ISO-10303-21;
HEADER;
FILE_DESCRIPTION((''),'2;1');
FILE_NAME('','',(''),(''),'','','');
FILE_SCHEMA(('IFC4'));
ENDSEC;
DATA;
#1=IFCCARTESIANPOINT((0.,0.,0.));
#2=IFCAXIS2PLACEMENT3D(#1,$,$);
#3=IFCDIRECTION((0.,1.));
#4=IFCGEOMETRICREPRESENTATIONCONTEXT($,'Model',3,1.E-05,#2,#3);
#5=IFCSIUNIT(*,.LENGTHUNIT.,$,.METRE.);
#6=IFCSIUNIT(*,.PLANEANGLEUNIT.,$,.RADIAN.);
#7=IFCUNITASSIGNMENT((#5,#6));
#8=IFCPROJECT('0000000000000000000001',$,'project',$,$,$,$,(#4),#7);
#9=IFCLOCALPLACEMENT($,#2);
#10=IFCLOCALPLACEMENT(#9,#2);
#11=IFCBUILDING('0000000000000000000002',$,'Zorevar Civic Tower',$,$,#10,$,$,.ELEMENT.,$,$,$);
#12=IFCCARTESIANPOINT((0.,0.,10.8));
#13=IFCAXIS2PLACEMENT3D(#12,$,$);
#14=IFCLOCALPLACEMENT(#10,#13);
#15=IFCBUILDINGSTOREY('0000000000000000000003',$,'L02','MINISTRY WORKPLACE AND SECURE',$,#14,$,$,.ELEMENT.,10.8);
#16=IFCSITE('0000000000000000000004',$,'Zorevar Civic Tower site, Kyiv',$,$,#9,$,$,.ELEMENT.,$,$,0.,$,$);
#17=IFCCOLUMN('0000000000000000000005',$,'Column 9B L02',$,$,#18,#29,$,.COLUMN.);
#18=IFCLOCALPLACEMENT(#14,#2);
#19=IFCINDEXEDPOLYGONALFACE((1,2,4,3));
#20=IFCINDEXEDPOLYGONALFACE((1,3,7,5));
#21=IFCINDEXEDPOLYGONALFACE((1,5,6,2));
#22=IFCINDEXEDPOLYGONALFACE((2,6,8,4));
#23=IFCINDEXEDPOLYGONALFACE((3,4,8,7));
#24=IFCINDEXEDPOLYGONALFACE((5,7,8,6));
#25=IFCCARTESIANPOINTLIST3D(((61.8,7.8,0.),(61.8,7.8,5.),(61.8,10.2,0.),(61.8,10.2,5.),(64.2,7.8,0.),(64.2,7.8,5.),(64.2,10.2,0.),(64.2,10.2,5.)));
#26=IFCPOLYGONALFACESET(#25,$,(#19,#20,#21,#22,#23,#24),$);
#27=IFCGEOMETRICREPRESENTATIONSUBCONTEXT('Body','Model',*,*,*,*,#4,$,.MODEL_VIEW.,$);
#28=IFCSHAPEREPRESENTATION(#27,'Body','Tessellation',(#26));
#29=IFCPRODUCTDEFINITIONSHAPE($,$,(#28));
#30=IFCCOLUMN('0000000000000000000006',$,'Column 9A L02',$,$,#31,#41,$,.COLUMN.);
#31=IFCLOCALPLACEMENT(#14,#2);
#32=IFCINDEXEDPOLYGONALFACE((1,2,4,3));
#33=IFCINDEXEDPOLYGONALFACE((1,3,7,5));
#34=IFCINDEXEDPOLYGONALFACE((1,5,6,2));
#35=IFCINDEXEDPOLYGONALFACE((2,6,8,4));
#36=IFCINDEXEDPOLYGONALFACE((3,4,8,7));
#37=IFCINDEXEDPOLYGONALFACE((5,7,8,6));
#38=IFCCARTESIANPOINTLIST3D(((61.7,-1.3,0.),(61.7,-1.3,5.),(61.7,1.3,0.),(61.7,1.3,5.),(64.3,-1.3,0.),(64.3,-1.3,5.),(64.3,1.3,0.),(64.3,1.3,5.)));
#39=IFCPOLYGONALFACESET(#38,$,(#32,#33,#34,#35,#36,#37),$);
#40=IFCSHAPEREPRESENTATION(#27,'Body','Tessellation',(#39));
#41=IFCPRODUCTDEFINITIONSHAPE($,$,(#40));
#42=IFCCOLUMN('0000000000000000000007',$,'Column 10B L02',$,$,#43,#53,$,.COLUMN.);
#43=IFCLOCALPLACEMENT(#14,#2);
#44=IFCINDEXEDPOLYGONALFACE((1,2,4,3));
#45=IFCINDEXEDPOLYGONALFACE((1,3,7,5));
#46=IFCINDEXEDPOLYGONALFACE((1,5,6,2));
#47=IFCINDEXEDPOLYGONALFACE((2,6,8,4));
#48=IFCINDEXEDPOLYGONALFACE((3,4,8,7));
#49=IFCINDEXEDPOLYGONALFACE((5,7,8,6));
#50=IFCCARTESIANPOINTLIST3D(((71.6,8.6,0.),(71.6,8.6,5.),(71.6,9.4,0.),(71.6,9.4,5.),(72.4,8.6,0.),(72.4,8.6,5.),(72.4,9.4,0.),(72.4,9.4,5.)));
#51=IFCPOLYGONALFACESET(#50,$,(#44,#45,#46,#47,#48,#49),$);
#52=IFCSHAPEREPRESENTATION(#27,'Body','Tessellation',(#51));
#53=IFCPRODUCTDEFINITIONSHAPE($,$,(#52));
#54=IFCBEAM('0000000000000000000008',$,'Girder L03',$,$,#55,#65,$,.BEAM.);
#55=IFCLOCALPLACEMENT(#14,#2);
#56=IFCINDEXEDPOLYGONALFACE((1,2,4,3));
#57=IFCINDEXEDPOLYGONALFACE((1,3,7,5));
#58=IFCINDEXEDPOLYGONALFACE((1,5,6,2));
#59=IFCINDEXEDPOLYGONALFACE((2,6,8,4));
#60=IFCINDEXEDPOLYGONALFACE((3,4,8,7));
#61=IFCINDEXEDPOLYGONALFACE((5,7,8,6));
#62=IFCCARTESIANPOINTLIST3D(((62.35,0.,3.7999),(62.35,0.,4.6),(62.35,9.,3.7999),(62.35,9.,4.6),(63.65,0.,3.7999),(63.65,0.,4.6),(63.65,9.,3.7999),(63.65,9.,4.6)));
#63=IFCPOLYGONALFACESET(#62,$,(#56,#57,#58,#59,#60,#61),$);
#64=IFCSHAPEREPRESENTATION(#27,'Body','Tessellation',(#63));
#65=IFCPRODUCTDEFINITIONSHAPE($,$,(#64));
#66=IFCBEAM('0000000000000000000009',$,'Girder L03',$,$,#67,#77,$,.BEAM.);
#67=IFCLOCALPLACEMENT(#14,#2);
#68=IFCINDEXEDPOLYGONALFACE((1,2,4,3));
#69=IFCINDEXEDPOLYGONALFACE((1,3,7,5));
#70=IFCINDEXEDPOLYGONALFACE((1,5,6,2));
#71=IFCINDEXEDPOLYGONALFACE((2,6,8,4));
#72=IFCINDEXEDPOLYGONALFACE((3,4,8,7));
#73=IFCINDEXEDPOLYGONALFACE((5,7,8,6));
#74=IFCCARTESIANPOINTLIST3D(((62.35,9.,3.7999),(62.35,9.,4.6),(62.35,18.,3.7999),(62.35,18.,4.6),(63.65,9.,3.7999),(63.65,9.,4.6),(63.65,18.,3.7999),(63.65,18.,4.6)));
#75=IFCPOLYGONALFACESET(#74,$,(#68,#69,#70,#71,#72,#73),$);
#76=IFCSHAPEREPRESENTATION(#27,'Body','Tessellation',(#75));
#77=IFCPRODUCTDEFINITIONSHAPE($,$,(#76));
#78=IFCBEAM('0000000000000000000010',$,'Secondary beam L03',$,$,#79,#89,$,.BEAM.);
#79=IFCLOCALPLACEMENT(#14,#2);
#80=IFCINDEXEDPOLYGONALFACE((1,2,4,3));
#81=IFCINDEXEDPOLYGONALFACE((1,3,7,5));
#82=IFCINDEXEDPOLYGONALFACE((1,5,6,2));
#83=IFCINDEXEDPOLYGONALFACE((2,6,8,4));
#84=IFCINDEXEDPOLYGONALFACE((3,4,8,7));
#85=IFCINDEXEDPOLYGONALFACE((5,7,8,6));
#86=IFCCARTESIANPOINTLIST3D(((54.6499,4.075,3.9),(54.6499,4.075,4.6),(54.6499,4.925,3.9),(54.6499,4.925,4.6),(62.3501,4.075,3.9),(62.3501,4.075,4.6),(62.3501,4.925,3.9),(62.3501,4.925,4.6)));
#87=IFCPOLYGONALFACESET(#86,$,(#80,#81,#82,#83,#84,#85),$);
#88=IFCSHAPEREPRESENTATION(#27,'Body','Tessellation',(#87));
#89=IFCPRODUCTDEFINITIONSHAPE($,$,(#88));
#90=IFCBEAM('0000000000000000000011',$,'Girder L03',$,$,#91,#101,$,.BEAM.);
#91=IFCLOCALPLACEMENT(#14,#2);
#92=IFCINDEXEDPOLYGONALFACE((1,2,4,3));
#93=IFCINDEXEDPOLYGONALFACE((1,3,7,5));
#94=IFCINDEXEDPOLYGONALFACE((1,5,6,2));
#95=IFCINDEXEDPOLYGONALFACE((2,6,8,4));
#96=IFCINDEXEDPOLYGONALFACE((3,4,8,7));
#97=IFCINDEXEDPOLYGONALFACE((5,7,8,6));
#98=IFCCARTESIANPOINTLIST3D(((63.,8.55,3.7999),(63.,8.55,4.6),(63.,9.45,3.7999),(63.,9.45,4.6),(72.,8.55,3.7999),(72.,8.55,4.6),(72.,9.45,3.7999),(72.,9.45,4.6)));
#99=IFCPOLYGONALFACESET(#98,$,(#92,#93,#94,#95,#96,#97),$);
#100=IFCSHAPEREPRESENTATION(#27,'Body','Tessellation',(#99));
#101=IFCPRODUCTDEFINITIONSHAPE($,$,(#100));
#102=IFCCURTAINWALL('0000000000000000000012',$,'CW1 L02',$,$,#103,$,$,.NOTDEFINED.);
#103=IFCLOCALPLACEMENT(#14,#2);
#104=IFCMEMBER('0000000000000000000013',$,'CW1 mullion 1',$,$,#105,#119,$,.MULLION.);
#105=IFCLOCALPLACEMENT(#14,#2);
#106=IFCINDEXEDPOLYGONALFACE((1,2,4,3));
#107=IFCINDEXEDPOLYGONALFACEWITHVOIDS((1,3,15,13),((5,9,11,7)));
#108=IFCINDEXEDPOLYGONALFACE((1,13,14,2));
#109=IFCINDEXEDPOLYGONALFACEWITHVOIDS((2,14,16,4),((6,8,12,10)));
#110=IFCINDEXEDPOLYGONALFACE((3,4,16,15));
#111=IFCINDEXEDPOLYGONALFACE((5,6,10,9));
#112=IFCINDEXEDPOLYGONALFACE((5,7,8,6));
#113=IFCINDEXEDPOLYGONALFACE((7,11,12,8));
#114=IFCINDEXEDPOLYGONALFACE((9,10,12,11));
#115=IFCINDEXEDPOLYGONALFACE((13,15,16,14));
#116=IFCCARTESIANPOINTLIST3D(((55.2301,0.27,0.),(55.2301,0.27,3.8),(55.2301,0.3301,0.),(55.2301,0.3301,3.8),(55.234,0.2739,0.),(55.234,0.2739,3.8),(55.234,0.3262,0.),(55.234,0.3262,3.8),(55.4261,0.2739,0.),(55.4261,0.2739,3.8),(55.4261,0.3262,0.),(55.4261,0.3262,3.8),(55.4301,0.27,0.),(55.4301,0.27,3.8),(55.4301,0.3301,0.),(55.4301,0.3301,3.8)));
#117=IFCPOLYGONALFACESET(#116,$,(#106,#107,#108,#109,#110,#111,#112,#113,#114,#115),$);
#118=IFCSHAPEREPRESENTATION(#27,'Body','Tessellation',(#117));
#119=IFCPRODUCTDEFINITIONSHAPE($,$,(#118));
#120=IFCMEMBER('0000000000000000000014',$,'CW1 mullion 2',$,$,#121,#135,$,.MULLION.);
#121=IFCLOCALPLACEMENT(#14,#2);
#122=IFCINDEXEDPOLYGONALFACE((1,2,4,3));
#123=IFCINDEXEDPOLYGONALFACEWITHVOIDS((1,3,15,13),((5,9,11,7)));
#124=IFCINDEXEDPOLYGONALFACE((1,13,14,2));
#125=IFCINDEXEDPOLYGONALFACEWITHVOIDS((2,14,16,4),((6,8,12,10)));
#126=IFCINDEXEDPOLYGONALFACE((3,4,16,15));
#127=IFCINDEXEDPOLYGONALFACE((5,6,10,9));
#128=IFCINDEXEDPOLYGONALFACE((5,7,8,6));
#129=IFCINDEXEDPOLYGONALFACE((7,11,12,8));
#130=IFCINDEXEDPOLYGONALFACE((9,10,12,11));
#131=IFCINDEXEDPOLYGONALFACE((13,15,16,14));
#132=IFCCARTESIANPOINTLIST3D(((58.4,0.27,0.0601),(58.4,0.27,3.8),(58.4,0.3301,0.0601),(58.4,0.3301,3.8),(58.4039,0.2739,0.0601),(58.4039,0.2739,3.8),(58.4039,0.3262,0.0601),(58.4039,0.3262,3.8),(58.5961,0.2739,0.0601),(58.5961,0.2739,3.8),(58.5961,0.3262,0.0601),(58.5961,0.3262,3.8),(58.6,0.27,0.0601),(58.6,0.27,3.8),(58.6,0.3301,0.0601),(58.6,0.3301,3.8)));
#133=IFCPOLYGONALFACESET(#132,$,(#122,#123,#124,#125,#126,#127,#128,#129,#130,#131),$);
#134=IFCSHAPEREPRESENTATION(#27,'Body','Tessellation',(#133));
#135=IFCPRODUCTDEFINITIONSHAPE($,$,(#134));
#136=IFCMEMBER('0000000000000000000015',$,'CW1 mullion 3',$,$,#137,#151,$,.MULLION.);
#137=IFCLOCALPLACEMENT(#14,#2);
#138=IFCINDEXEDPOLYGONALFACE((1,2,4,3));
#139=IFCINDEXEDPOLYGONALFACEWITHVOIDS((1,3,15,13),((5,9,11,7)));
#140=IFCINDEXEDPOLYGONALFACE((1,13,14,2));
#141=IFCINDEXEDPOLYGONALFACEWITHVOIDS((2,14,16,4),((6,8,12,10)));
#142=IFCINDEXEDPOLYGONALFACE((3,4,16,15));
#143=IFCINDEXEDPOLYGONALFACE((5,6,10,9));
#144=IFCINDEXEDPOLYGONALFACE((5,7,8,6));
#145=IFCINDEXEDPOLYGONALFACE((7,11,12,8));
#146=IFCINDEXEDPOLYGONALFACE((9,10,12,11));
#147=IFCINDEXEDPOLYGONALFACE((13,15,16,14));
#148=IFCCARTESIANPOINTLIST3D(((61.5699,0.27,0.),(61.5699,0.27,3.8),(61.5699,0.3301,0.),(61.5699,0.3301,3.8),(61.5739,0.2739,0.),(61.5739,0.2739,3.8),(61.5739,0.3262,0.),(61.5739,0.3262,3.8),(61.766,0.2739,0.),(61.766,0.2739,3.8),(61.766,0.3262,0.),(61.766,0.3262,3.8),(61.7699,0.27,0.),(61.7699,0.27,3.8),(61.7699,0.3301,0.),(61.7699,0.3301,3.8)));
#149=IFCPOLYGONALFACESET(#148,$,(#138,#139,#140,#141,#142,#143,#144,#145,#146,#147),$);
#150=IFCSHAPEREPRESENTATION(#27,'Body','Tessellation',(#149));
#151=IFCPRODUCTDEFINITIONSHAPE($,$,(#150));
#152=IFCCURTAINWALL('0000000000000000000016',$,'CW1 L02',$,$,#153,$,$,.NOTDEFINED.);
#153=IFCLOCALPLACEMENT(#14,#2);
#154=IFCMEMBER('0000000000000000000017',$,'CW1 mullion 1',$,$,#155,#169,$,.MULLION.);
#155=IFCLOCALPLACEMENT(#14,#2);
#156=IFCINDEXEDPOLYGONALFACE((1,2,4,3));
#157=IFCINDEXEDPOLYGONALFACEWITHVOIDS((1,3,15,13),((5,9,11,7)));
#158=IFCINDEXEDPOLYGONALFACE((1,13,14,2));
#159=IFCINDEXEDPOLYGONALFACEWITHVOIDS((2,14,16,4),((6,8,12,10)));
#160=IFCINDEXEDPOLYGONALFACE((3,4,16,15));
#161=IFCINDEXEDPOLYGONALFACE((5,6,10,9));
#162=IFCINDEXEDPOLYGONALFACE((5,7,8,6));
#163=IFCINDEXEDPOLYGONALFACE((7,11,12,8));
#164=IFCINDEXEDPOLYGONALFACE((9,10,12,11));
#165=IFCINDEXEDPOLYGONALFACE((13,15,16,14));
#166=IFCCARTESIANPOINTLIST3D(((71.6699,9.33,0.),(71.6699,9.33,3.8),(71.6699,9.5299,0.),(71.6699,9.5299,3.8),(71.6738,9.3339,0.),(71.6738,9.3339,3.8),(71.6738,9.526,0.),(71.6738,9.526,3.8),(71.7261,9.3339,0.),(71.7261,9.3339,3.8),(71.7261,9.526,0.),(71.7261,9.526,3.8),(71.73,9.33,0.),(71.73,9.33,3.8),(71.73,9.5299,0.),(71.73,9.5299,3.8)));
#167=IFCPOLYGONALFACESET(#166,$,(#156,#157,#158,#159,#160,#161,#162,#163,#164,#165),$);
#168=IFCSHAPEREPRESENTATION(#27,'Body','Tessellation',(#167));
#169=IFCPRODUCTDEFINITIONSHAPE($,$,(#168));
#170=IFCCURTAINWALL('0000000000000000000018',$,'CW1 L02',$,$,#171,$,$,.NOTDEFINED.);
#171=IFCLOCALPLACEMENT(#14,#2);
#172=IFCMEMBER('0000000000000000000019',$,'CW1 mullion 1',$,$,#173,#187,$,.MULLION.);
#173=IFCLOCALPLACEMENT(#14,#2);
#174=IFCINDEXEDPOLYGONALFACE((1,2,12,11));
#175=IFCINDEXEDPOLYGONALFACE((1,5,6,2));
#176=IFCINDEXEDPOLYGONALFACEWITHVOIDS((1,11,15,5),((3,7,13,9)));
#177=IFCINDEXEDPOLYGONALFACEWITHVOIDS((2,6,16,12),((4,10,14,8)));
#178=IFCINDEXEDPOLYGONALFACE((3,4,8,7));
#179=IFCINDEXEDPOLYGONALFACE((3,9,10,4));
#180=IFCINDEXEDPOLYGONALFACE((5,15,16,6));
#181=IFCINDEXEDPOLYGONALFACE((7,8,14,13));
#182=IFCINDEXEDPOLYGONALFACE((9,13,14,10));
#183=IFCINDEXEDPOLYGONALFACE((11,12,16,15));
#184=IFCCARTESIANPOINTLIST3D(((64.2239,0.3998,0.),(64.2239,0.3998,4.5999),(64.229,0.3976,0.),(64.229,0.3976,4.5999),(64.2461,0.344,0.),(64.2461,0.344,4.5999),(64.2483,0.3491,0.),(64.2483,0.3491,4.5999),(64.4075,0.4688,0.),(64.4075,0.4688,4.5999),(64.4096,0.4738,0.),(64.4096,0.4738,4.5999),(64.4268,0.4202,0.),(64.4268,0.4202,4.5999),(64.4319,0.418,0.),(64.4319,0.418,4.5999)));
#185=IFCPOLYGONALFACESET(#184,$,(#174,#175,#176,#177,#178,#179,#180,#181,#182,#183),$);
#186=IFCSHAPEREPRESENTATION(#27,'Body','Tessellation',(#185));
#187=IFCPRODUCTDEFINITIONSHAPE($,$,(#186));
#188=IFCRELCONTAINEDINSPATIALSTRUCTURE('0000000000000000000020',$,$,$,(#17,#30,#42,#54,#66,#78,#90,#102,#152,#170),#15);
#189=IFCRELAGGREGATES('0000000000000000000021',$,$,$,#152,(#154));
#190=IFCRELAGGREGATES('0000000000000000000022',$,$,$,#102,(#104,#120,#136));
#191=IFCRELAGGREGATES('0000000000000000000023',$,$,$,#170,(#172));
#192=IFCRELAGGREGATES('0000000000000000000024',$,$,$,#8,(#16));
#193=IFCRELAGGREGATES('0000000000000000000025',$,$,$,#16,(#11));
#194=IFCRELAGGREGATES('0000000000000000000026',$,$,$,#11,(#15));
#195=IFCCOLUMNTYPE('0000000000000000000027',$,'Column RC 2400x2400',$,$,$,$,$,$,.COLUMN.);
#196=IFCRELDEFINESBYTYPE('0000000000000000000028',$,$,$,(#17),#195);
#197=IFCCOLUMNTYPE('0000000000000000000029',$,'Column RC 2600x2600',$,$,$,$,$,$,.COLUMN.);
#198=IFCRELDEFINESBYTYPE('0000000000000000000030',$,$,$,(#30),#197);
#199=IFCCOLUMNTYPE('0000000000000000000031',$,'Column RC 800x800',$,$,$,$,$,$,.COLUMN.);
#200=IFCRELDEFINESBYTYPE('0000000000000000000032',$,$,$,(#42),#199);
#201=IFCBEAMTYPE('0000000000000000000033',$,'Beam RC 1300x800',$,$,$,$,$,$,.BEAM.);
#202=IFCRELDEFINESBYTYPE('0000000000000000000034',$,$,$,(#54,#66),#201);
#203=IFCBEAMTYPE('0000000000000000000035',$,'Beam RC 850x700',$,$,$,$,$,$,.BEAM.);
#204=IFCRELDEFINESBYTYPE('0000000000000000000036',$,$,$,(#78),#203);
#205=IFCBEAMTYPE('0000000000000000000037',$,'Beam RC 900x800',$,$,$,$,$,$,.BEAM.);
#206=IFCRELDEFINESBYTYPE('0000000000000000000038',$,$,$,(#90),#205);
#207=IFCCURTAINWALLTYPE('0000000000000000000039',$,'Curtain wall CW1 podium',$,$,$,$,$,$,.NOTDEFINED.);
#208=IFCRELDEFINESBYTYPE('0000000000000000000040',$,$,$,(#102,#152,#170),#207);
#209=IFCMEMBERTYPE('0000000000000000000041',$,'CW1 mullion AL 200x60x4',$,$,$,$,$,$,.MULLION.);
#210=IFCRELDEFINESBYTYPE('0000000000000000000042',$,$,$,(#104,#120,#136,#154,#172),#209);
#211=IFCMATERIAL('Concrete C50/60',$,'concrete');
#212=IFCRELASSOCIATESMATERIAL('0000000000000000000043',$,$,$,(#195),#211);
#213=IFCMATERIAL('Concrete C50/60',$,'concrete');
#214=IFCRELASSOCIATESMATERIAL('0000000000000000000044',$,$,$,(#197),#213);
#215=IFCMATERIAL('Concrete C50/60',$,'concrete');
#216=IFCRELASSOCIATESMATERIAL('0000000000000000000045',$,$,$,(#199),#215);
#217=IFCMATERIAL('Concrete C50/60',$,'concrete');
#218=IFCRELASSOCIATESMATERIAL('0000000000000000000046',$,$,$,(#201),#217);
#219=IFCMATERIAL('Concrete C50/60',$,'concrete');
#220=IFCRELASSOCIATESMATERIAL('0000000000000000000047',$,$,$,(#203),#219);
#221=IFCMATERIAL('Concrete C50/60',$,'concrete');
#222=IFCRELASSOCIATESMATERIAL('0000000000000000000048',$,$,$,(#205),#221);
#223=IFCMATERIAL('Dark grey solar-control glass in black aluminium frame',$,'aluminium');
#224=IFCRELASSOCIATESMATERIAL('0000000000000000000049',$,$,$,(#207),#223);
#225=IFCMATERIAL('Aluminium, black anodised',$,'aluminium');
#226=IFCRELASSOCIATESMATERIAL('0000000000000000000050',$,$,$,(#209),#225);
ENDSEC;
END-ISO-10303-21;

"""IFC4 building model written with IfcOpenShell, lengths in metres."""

from ifc_helpers import new_model, si_unit, direction, frame, origin, origin_2d, place, context, subcontext, project, spatial, rectangle, hollow_rectangle, extrude, material, material_profile, profile_set, type_object, element, aggregate, save


model = new_model("IFC4")

# Units and contexts
model_context = context("Model", 3, precision=1e-05, world=origin(), true_north=direction((0.0, 1.0)))
body_context = subcontext(model_context, "Body", "Model", "MODEL_VIEW")
ifc_project = project(units=[si_unit("LENGTHUNIT", "METRE"), si_unit("PLANEANGLEUNIT", "RADIAN")], contexts=[model_context])

# Site, building, storey
site_placement = place(None, origin())
site = spatial("IfcSite", under=ifc_project, at=site_placement, Name="Zorevar Civic Tower site, Kyiv", CompositionType="ELEMENT", RefElevation=0.0)
building_placement = place(site_placement, origin())
building = spatial("IfcBuilding", under=site, at=building_placement, Name="Zorevar Civic Tower", CompositionType="ELEMENT")
storey_placement = place(building_placement, frame((0.0, 0.0, 10.8)))
storey = spatial("IfcBuildingStorey", under=building, at=storey_placement, Name="L02", Description="MINISTRY WORKPLACE AND SECURE", CompositionType="ELEMENT", Elevation=10.8)

# Columns
ifc_material_1 = material(Name="Concrete C50/60", Category="concrete")
ifc_material_profile_1 = material_profile(ifc_material_1, rectangle(XDim=2.3999, YDim=2.3999, at=origin_2d()), Name="RC 2400x2400")
ifc_profile_set_1 = profile_set([ifc_material_profile_1], Name="Concrete C50/60")
column_type_1 = type_object("IfcColumnType", Name="Column RC 2400x2400", PredefinedType="COLUMN", material=ifc_profile_set_1)
column_1_placement = place(storey_placement, frame((63.0, 9.0, 0.0), z_axis=(0.0, 0.0, 1.0), x_axis=(1.0, 0.0, 0.0)))
element("IfcColumn", 1, at=column_1_placement, inside=storey, type_object=column_type_1, Name="Column 9B L02", PredefinedType="COLUMN", context=body_context, shape_type="SweptSolid", body=[
    extrude(rectangle(XDim=2.3999, YDim=2.3999, at=origin_2d()), origin(), (0.0, 0.0, 1.0), 5.0),
])
ifc_material_2 = material(Name="Concrete C50/60", Category="concrete")
ifc_material_profile_2 = material_profile(ifc_material_2, rectangle(XDim=2.6001, YDim=2.6001, at=origin_2d()), Name="RC 2600x2600")
ifc_profile_set_2 = profile_set([ifc_material_profile_2], Name="Concrete C50/60")
column_type_2 = type_object("IfcColumnType", Name="Column RC 2600x2600", PredefinedType="COLUMN", material=ifc_profile_set_2)
column_2_placement = place(storey_placement, frame((63.0, 0.0, 0.0), z_axis=(0.0, 0.0, 1.0), x_axis=(1.0, 0.0, 0.0)))
element("IfcColumn", 2, at=column_2_placement, inside=storey, type_object=column_type_2, Name="Column 9A L02", PredefinedType="COLUMN", context=body_context, shape_type="SweptSolid", body=[
    extrude(rectangle(XDim=2.6001, YDim=2.6001, at=origin_2d()), origin(), (0.0, 0.0, 1.0), 5.0),
])
ifc_material_3 = material(Name="Concrete C50/60", Category="concrete")
ifc_material_profile_3 = material_profile(ifc_material_3, rectangle(XDim=0.8, YDim=0.8, at=origin_2d()), Name="RC 800x800")
ifc_profile_set_3 = profile_set([ifc_material_profile_3], Name="Concrete C50/60")
column_type_3 = type_object("IfcColumnType", Name="Column RC 800x800", PredefinedType="COLUMN", material=ifc_profile_set_3)
column_3_placement = place(storey_placement, frame((72.0, 9.0, 0.0), z_axis=(0.0, 0.0, 1.0), x_axis=(1.0, 0.0, 0.0)))
element("IfcColumn", 3, at=column_3_placement, inside=storey, type_object=column_type_3, Name="Column 10B L02", PredefinedType="COLUMN", context=body_context, shape_type="SweptSolid", body=[
    extrude(rectangle(XDim=0.8, YDim=0.8, at=origin_2d()), origin(), (0.0, 0.0, 1.0), 5.0),
])

# Beams
ifc_material_4 = material(Name="Concrete C50/60", Category="concrete")
ifc_material_profile_4 = material_profile(ifc_material_4, rectangle(XDim=1.3, YDim=0.8, at=origin_2d()), Name="RC 1300x800")
ifc_profile_set_4 = profile_set([ifc_material_profile_4], Name="Concrete C50/60")
beam_type_1 = type_object("IfcBeamType", Name="Beam RC 1300x800", PredefinedType="BEAM", material=ifc_profile_set_4)
for number, where, z_axis, x_axis, name in (
    (4, (63.0, 0.0, 4.2), (0.0, 1.0, 0.0), (-1.0, 0.0, 0.0), "Girder L03"),
    (5, (63.0, 9.0, 4.2), (0.0, 1.0, 0.0), (-1.0, 0.0, 0.0), "Girder L03"),
):
    element("IfcBeam", number, at=place(storey_placement, frame(where, z_axis=z_axis, x_axis=x_axis)), inside=storey, type_object=beam_type_1, Name=name, PredefinedType="BEAM", context=body_context, shape_type="SweptSolid", body=[
        extrude(rectangle(XDim=1.3, YDim=0.8, at=origin_2d()), origin(), (0.0, 0.0, 1.0), 9.0),
    ])
ifc_material_5 = material(Name="Concrete C50/60", Category="concrete")
ifc_material_profile_5 = material_profile(ifc_material_5, rectangle(XDim=0.8501, YDim=0.7, at=origin_2d()), Name="RC 850x700")
ifc_profile_set_5 = profile_set([ifc_material_profile_5], Name="Concrete C50/60")
beam_type_2 = type_object("IfcBeamType", Name="Beam RC 850x700", PredefinedType="BEAM", material=ifc_profile_set_5)
beam_1_placement = place(storey_placement, frame((54.6499, 4.5, 4.25), z_axis=(1.0, 0.0, 0.0), x_axis=(0.0, 1.0, 0.0)))
element("IfcBeam", 6, at=beam_1_placement, inside=storey, type_object=beam_type_2, Name="Secondary beam L03", PredefinedType="BEAM", context=body_context, shape_type="SweptSolid", body=[
    extrude(rectangle(XDim=0.8501, YDim=0.7, at=origin_2d()), origin(), (0.0, 0.0, 1.0), 7.7002),
])
ifc_material_6 = material(Name="Concrete C50/60", Category="concrete")
ifc_material_profile_6 = material_profile(ifc_material_6, rectangle(XDim=0.8999, YDim=0.8, at=origin_2d()), Name="RC 900x800")
ifc_profile_set_6 = profile_set([ifc_material_profile_6], Name="Concrete C50/60")
beam_type_3 = type_object("IfcBeamType", Name="Beam RC 900x800", PredefinedType="BEAM", material=ifc_profile_set_6)
beam_2_placement = place(storey_placement, frame((63.0, 9.0, 4.2), z_axis=(1.0, 0.0, 0.0), x_axis=(0.0, 1.0, 0.0)))
element("IfcBeam", 7, at=beam_2_placement, inside=storey, type_object=beam_type_3, Name="Girder L03", PredefinedType="BEAM", context=body_context, shape_type="SweptSolid", body=[
    extrude(rectangle(XDim=0.8999, YDim=0.8, at=origin_2d()), origin(), (0.0, 0.0, 1.0), 9.0),
])

# Curtain wall, members
ifc_material_7 = material(Name="Dark grey solar-control glass in black aluminium frame", Category="aluminium")
curtain_wall_type = type_object("IfcCurtainWallType", Name="Curtain wall CW1 podium", PredefinedType="NOTDEFINED", material=ifc_material_7)
curtain_wall_1_placement = place(storey_placement, origin())
curtain_wall_1 = element("IfcCurtainWall", 8, at=curtain_wall_1_placement, inside=storey, type_object=curtain_wall_type, Name="CW1 L02", PredefinedType="NOTDEFINED")
ifc_material_8 = material(Name="Aluminium, black anodised", Category="aluminium")
ifc_material_profile_7 = material_profile(ifc_material_8, hollow_rectangle(XDim=0.0601, YDim=0.2, WallThickness=0.0039, at=origin_2d()), Name="AL 200x60x4")
ifc_profile_set_7 = profile_set([ifc_material_profile_7], Name="Aluminium, black anodised")
member_type_1 = type_object("IfcMemberType", Name="CW1 mullion AL 200x60x4", PredefinedType="MULLION", material=ifc_profile_set_7)
member_1_placement = place(storey_placement, frame((55.3301, 0.3, 0.0), z_axis=(0.0, 0.0, 1.0), x_axis=(0.0, 1.0, 0.0)))
member_1 = element("IfcMember", 9, at=member_1_placement, type_object=member_type_1, Name="CW1 mullion 1", PredefinedType="MULLION", context=body_context, shape_type="SweptSolid", body=[
    extrude(hollow_rectangle(XDim=0.0601, YDim=0.2, WallThickness=0.0039, at=origin_2d()), origin(), (0.0, 0.0, 1.0), 3.8),
])
member_2_placement = place(storey_placement, frame((58.5, 0.3, 0.0601), z_axis=(0.0, 0.0, 1.0), x_axis=(0.0, 1.0, 0.0)))
member_2 = element("IfcMember", 10, at=member_2_placement, type_object=member_type_1, Name="CW1 mullion 2", PredefinedType="MULLION", context=body_context, shape_type="SweptSolid", body=[
    extrude(hollow_rectangle(XDim=0.0601, YDim=0.2, WallThickness=0.0039, at=origin_2d()), origin(), (0.0, 0.0, 1.0), 3.74),
])
member_3_placement = place(storey_placement, frame((61.6699, 0.3, 0.0), z_axis=(0.0, 0.0, 1.0), x_axis=(0.0, 1.0, 0.0)))
member_3 = element("IfcMember", 11, at=member_3_placement, type_object=member_type_1, Name="CW1 mullion 3", PredefinedType="MULLION", context=body_context, shape_type="SweptSolid", body=[
    extrude(hollow_rectangle(XDim=0.0601, YDim=0.2, WallThickness=0.0039, at=origin_2d()), origin(), (0.0, 0.0, 1.0), 3.8),
])

# Curtain wall, member
curtain_wall_2_placement = place(storey_placement, origin())
curtain_wall_2 = element("IfcCurtainWall", 12, at=curtain_wall_2_placement, inside=storey, type_object=curtain_wall_type, Name="CW1 L02", PredefinedType="NOTDEFINED")
member_4_placement = place(storey_placement, frame((71.7, 9.4299, 0.0), z_axis=(0.0, 0.0, 1.0), x_axis=(-1.0, 0.0, 0.0)))
member_4 = element("IfcMember", 13, at=member_4_placement, type_object=member_type_1, Name="CW1 mullion 1", PredefinedType="MULLION", context=body_context, shape_type="SweptSolid", body=[
    extrude(hollow_rectangle(XDim=0.0601, YDim=0.2, WallThickness=0.0039, at=origin_2d()), origin(), (0.0, 0.0, 1.0), 3.8),
])

# Curtain wall, member
curtain_wall_3_placement = place(storey_placement, origin())
curtain_wall_3 = element("IfcCurtainWall", 14, at=curtain_wall_3_placement, inside=storey, type_object=curtain_wall_type, Name="CW1 L02", PredefinedType="NOTDEFINED")
member_5_placement = place(storey_placement, frame((64.3279, 0.4089, 0.0), z_axis=(0.0, 0.0, 1.0), x_axis=(-0.370111, 0.928988, 0.0)))
member_5 = element("IfcMember", 15, at=member_5_placement, type_object=member_type_1, Name="CW1 mullion 1", PredefinedType="MULLION", context=body_context, shape_type="SweptSolid", body=[
    extrude(hollow_rectangle(XDim=0.0601, YDim=0.2, WallThickness=0.0039, at=origin_2d()), origin(), (0.0, 0.0, 1.0), 4.5999),
])

aggregate(curtain_wall_2, [member_4])

aggregate(curtain_wall_1, [member_1, member_2, member_3])
aggregate(curtain_wall_3, [member_5])

save(model, "model.ifc")
